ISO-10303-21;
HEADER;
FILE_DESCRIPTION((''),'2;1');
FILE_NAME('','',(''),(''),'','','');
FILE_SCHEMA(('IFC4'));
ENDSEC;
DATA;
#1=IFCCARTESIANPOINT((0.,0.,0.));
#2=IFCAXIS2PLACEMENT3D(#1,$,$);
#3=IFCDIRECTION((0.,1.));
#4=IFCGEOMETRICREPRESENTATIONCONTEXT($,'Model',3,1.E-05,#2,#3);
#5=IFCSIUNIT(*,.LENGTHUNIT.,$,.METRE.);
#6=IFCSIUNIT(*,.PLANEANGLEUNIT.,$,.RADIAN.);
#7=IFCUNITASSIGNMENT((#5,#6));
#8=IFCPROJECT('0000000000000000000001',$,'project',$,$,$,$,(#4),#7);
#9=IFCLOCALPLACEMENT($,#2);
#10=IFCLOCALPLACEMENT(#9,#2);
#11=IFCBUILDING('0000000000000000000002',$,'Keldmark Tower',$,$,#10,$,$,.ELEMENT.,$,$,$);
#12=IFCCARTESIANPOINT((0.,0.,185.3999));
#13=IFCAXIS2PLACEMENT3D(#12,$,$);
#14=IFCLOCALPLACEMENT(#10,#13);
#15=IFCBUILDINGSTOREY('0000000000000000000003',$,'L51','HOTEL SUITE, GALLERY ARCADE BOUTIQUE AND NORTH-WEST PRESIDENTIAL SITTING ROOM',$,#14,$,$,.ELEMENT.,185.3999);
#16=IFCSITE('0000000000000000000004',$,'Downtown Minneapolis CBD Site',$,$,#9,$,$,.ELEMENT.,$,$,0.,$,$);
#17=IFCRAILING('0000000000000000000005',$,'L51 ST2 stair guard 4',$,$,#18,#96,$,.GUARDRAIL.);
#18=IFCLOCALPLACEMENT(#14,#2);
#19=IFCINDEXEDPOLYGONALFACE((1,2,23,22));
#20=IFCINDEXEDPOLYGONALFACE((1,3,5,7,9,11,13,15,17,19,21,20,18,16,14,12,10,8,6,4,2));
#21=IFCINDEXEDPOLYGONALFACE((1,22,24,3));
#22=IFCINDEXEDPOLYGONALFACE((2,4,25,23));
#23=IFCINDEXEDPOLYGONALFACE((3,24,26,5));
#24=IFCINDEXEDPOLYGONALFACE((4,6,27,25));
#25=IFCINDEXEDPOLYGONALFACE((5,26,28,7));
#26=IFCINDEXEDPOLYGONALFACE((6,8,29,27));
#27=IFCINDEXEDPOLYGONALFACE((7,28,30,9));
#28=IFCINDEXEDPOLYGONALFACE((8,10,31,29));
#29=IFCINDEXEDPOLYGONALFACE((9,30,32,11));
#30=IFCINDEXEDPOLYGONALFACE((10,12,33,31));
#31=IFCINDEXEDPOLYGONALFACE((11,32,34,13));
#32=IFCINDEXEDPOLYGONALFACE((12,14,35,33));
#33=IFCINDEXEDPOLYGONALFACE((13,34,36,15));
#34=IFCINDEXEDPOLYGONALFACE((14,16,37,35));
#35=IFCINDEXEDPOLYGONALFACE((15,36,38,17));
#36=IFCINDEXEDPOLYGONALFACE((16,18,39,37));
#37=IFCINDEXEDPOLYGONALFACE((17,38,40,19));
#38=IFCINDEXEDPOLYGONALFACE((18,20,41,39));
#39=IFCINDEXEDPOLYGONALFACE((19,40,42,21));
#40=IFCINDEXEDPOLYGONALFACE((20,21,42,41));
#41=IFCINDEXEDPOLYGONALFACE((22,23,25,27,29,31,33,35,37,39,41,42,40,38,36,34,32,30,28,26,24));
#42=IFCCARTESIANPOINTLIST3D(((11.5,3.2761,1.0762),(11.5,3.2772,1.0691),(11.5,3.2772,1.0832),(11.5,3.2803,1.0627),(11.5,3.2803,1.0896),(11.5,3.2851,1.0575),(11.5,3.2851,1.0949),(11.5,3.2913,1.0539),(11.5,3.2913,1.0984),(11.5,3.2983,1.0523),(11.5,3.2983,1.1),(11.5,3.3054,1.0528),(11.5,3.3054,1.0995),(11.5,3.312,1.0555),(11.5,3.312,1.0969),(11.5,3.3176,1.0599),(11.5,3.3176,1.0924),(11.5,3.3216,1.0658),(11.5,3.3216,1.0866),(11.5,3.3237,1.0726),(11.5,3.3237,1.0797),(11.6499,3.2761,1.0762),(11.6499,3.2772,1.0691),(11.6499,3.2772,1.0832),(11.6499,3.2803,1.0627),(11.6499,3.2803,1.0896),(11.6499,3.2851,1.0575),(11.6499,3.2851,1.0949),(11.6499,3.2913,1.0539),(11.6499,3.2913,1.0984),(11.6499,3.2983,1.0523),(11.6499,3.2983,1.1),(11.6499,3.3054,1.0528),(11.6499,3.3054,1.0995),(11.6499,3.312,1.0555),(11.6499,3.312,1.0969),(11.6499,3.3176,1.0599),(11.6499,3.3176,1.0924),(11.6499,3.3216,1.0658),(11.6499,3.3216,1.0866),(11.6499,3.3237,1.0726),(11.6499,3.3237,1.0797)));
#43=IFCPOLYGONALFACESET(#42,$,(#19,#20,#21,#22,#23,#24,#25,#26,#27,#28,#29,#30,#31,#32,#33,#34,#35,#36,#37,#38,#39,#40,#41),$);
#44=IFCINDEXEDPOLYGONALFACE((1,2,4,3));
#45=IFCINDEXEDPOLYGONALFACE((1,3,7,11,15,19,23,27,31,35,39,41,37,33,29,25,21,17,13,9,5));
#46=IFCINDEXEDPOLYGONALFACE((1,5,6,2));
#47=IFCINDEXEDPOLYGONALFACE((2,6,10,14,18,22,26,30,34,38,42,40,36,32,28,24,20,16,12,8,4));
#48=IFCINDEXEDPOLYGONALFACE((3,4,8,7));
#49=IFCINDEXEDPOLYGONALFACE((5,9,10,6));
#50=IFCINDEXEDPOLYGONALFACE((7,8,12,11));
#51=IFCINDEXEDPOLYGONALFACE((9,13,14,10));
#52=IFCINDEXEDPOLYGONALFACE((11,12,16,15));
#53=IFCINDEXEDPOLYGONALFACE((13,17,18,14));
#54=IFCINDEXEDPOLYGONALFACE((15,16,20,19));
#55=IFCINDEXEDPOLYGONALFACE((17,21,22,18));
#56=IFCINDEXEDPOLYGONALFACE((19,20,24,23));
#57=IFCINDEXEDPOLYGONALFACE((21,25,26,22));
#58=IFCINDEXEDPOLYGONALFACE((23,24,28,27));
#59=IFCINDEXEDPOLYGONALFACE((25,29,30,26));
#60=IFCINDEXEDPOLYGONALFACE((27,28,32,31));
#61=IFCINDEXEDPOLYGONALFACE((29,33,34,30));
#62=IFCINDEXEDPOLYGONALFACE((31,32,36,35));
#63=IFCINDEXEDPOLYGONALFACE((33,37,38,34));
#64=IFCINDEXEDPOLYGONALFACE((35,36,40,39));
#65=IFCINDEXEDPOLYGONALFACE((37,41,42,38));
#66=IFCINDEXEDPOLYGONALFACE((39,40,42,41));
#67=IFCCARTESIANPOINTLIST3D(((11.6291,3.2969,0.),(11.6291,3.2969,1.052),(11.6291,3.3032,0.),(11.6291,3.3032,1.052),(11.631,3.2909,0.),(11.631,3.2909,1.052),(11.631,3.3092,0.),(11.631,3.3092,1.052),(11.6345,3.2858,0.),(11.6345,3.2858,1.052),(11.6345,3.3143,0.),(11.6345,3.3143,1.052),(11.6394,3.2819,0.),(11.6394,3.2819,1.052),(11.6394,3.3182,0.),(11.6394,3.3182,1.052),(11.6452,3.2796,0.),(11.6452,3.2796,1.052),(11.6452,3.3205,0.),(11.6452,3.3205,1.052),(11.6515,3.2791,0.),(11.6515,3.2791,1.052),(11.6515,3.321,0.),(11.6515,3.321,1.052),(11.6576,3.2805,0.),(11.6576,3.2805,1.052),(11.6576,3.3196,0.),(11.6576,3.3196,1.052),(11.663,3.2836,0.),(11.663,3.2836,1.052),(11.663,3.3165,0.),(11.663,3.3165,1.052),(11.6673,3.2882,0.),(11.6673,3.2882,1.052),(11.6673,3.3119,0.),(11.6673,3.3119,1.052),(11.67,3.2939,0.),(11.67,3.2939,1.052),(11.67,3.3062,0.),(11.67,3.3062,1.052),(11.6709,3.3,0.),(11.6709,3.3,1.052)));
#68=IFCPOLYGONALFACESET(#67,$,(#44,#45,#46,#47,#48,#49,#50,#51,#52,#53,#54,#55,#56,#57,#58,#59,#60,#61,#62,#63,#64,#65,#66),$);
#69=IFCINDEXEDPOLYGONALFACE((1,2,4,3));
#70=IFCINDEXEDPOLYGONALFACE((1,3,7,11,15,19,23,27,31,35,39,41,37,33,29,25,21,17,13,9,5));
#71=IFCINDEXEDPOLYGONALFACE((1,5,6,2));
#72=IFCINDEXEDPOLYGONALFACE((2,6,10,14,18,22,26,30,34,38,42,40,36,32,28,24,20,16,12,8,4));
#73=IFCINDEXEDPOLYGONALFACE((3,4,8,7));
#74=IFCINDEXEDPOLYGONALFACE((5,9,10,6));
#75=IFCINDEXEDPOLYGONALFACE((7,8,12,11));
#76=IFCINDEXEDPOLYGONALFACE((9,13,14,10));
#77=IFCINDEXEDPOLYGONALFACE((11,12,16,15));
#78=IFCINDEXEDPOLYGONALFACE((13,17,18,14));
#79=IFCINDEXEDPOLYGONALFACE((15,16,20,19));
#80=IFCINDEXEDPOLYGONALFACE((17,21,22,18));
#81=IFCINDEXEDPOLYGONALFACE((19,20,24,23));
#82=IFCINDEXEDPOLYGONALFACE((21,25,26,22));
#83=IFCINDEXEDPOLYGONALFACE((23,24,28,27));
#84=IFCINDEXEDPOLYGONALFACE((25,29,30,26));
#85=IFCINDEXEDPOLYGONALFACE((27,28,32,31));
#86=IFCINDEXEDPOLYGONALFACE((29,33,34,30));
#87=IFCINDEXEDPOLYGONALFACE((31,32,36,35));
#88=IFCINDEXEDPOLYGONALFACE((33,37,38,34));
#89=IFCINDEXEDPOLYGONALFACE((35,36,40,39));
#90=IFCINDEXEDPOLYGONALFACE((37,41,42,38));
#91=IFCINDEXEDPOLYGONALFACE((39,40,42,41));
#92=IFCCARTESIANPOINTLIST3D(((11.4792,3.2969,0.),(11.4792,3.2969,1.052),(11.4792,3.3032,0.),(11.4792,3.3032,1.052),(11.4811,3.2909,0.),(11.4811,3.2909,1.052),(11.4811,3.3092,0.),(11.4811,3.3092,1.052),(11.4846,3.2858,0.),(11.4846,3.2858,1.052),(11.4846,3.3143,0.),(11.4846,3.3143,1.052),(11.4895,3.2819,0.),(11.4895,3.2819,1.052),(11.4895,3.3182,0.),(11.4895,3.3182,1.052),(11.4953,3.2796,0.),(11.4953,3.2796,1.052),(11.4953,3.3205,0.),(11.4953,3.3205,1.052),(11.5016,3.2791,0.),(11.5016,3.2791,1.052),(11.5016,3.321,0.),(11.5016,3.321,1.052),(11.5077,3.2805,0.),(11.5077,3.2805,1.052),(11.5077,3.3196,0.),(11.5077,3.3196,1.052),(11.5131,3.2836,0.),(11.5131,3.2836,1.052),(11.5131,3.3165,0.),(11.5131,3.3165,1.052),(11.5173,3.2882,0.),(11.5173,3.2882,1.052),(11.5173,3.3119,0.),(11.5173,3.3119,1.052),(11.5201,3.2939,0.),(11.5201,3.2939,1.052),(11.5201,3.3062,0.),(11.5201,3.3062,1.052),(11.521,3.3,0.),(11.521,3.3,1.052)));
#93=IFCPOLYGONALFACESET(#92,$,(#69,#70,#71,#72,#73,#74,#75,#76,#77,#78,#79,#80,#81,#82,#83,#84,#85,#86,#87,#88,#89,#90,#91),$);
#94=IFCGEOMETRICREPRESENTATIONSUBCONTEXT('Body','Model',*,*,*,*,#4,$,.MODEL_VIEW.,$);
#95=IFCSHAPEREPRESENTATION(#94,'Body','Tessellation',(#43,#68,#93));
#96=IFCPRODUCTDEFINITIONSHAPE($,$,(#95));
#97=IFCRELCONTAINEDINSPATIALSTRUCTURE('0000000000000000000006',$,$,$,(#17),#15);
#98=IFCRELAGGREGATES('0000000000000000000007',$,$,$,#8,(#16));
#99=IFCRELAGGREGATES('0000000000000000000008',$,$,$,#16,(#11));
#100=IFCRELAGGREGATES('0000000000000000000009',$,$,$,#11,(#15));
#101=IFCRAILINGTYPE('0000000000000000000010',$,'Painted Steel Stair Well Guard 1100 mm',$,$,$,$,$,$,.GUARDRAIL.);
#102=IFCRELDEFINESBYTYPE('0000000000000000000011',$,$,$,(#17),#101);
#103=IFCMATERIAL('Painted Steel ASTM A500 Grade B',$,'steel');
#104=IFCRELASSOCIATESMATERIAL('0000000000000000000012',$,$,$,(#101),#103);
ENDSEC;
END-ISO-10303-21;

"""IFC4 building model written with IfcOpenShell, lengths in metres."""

from ifc_helpers import new_model, si_unit, direction, frame, origin, origin_2d, place, context, subcontext, project, spatial, circle, extrude, material, type_object, element, save


model = new_model("IFC4")

# Units and contexts
model_context = context("Model", 3, precision=1e-05, world=origin(), true_north=direction((0.0, 1.0)))
body_context = subcontext(model_context, "Body", "Model", "MODEL_VIEW")
ifc_project = project(units=[si_unit("LENGTHUNIT", "METRE"), si_unit("PLANEANGLEUNIT", "RADIAN")], contexts=[model_context])

# Site, building, storey
site_placement = place(None, origin())
site = spatial("IfcSite", under=ifc_project, at=site_placement, Name="Downtown Minneapolis CBD Site", CompositionType="ELEMENT", RefElevation=0.0)
building_placement = place(site_placement, origin())
building = spatial("IfcBuilding", under=site, at=building_placement, Name="Keldmark Tower", CompositionType="ELEMENT")
storey_placement = place(building_placement, frame((0.0, 0.0, 185.3999)))
storey = spatial("IfcBuildingStorey", under=building, at=storey_placement, Name="L51", Description="HOTEL SUITE, GALLERY ARCADE BOUTIQUE AND NORTH-WEST PRESIDENTIAL SITTING ROOM", CompositionType="ELEMENT", Elevation=185.3999)

# Railing
ifc_material_1 = material(Name="Painted Steel ASTM A500 Grade B", Category="steel")
railing_type_1 = type_object("IfcRailingType", Name="Painted Steel Stair Well Guard 1100 mm", PredefinedType="GUARDRAIL", material=ifc_material_1)
railing_1_placement = place(storey_placement, frame((11.6499, 3.3, 0.0)))
element("IfcRailing", 1, at=railing_1_placement, inside=storey, type_object=railing_type_1, Name="L51 ST2 stair guard 4", PredefinedType="GUARDRAIL", context=body_context, shape_type="SweptSolid", body=[
    extrude(circle(Radius=0.0239, at=origin_2d()), frame((0.0, 0.0, 1.0762), z_axis=(-1.0, 0.0, 0.0), x_axis=(0.0, -1.0, 0.0)), (0.0, 0.0, 1.0), 0.1499),
    extrude(circle(Radius=0.021, at=origin_2d()), origin(), (0.0, 0.0, 1.0), 1.052),
    extrude(circle(Radius=0.021, at=origin_2d()), frame((-0.1499, 0.0, 0.0)), (0.0, 0.0, 1.0), 1.052),
])

save(model, "model.ifc")
